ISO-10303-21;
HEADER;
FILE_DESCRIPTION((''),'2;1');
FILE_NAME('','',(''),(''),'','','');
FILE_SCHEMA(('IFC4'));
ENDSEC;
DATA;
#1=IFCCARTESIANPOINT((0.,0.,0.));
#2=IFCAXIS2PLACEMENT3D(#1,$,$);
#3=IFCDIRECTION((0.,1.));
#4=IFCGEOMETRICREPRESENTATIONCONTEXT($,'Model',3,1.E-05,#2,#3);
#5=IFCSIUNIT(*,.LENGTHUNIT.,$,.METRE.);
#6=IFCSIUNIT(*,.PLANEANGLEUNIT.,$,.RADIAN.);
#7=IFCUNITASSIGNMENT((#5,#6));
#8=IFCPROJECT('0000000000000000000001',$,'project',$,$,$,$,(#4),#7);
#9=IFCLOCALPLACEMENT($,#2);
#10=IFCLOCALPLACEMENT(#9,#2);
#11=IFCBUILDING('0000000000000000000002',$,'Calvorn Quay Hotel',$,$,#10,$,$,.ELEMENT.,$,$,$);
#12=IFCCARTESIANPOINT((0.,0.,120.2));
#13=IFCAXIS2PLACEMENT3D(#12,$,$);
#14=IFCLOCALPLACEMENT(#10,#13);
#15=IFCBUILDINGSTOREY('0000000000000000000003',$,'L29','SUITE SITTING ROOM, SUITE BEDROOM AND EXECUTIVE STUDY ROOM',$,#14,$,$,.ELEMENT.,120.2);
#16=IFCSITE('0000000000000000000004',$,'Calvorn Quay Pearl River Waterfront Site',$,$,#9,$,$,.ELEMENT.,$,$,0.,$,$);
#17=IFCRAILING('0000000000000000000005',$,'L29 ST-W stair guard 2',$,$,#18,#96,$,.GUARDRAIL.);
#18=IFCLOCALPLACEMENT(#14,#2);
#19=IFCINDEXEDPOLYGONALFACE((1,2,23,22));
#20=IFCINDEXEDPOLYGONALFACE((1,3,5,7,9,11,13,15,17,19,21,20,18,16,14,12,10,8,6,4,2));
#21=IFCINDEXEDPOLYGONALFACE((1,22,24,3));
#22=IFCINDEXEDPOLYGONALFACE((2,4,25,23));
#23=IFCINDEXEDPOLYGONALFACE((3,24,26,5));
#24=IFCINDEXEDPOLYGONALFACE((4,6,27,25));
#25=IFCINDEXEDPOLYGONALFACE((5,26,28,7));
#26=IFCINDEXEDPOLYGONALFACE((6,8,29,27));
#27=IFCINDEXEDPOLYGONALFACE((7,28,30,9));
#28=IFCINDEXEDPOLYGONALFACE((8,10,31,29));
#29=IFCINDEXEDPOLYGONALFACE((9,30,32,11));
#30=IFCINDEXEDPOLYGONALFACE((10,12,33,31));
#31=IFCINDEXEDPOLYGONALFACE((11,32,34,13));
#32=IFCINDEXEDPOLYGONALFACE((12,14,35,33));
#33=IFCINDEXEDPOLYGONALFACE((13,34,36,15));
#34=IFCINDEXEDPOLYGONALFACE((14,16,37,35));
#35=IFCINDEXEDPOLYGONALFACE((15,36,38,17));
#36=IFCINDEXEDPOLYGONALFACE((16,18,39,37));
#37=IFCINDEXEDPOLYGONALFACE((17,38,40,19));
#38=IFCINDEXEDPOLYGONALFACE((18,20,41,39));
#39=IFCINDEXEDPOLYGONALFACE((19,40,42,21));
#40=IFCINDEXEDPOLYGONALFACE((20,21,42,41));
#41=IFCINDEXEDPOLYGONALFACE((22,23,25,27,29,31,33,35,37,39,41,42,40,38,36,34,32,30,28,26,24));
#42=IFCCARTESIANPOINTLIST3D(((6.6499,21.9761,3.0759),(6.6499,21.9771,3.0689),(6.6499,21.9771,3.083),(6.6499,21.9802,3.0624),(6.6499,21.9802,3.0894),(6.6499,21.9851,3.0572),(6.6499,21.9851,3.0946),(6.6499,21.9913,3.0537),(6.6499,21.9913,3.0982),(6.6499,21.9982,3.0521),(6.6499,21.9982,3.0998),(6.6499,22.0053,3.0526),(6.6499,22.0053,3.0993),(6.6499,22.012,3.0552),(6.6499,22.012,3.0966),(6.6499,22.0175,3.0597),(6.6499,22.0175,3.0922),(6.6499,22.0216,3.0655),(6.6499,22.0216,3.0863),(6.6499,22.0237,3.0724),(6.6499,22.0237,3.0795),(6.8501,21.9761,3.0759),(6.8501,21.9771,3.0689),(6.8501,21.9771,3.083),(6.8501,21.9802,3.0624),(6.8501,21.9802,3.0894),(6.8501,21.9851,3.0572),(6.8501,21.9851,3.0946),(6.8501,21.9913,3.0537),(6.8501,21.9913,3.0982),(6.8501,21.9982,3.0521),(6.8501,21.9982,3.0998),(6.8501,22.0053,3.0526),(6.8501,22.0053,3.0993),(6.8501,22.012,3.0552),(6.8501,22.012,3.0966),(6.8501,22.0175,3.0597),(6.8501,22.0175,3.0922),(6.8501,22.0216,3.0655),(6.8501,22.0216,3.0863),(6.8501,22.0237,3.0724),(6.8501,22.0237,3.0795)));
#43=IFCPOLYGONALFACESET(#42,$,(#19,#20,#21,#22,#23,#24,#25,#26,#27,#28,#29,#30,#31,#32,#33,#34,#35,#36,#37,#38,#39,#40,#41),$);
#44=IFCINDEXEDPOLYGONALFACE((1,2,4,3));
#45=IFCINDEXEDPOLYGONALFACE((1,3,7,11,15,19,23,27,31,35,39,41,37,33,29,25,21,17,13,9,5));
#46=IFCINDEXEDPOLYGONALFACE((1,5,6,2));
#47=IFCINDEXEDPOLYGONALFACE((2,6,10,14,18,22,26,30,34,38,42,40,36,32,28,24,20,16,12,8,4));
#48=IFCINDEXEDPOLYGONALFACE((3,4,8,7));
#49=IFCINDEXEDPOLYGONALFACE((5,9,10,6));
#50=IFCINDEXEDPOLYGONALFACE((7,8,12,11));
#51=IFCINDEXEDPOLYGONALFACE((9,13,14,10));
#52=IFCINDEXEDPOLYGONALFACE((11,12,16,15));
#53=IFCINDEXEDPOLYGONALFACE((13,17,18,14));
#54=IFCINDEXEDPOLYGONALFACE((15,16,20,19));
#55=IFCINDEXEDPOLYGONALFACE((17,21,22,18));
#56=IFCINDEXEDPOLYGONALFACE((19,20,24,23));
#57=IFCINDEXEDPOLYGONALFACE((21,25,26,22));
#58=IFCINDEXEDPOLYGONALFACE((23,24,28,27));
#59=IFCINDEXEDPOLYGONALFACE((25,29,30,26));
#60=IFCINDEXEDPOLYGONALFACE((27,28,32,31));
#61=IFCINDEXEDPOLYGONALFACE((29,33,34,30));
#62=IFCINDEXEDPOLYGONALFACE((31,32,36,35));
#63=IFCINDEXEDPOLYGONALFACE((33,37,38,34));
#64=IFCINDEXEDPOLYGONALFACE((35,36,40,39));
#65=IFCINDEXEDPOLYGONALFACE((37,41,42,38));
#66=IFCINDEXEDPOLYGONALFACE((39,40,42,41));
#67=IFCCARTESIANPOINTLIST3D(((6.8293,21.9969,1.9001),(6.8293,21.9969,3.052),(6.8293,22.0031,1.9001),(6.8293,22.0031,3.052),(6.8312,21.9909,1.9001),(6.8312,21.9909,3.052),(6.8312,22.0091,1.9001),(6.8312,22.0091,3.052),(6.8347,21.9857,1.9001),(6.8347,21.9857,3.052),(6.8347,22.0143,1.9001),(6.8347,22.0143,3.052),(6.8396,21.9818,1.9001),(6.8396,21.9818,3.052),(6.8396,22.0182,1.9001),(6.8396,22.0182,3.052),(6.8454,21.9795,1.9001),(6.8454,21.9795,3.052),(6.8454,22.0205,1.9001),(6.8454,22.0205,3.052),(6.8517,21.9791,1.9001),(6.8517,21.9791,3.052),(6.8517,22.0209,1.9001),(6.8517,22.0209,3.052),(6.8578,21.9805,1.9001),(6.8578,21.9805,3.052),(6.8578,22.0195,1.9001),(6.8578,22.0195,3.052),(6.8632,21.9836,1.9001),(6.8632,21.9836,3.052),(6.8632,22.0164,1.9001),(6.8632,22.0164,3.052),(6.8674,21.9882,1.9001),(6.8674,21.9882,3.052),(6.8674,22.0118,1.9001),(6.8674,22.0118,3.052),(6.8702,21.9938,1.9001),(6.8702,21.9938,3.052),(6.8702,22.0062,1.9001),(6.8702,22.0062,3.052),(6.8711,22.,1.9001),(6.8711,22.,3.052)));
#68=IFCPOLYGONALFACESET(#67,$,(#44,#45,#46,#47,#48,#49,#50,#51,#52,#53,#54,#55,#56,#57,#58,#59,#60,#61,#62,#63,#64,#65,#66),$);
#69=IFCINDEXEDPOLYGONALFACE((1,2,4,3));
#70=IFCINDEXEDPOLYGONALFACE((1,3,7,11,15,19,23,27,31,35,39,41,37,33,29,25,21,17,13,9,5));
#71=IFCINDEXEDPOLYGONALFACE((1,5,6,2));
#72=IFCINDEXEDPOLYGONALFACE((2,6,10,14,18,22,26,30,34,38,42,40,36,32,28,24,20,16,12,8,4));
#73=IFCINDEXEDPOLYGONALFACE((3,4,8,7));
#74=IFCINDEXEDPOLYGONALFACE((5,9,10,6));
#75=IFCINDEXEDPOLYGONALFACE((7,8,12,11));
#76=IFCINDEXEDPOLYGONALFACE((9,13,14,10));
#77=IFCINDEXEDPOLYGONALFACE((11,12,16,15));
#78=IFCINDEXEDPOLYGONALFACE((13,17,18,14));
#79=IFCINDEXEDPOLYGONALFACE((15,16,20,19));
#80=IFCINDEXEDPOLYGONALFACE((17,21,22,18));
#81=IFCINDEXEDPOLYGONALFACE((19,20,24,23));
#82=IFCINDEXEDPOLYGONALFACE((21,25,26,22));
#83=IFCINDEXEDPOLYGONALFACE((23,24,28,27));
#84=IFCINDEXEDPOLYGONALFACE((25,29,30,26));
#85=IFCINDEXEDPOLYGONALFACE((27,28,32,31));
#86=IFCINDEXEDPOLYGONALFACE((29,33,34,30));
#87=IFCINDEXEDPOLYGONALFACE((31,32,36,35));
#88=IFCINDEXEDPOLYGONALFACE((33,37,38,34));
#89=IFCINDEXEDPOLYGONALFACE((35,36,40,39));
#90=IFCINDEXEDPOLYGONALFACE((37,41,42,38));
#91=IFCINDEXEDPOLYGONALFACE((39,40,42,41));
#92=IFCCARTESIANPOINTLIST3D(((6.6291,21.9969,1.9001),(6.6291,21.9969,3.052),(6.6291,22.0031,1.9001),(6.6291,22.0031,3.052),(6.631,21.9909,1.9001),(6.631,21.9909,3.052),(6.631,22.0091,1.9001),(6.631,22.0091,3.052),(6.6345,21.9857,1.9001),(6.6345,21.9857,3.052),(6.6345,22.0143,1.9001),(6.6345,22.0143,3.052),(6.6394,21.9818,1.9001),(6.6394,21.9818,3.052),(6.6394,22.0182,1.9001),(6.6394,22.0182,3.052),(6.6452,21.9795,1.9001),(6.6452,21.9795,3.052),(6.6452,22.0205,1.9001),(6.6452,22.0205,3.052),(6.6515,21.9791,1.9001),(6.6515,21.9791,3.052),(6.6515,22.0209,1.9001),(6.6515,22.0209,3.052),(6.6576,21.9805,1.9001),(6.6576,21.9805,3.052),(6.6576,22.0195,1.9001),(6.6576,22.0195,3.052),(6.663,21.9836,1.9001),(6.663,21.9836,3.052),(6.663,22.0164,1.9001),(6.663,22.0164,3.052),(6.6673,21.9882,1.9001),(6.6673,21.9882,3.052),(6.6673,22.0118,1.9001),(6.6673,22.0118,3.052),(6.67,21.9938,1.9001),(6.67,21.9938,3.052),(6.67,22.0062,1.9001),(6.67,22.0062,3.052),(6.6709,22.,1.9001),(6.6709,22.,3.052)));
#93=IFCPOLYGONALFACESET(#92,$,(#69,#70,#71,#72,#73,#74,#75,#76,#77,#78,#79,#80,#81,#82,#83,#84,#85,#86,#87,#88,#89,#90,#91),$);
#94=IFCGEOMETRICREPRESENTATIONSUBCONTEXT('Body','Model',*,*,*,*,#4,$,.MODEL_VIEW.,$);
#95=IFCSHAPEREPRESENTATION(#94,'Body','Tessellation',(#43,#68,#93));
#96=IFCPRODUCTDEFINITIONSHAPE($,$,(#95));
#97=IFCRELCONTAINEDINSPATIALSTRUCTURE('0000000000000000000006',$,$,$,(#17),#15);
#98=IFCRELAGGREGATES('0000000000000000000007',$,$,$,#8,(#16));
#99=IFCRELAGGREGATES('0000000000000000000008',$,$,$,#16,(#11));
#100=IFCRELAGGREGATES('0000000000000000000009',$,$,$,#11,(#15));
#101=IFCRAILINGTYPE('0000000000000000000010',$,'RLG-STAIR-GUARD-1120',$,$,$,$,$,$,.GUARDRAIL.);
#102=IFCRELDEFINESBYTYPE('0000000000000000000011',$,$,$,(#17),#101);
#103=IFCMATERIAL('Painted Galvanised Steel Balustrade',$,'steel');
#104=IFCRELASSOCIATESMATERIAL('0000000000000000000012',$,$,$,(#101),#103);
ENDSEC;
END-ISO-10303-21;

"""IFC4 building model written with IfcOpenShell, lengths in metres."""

from ifc_helpers import new_model, si_unit, direction, frame, origin, origin_2d, place, context, subcontext, project, spatial, circle, extrude, material, type_object, element, save


model = new_model("IFC4")

# Units and contexts
model_context = context("Model", 3, precision=1e-05, world=origin(), true_north=direction((0.0, 1.0)))
body_context = subcontext(model_context, "Body", "Model", "MODEL_VIEW")
ifc_project = project(units=[si_unit("LENGTHUNIT", "METRE"), si_unit("PLANEANGLEUNIT", "RADIAN")], contexts=[model_context])

# Site, building, storey
site_placement = place(None, origin())
site = spatial("IfcSite", under=ifc_project, at=site_placement, Name="Calvorn Quay Pearl River Waterfront Site", CompositionType="ELEMENT", RefElevation=0.0)
building_placement = place(site_placement, origin())
building = spatial("IfcBuilding", under=site, at=building_placement, Name="Calvorn Quay Hotel", CompositionType="ELEMENT")
storey_placement = place(building_placement, frame((0.0, 0.0, 120.2)))
storey = spatial("IfcBuildingStorey", under=building, at=storey_placement, Name="L29", Description="SUITE SITTING ROOM, SUITE BEDROOM AND EXECUTIVE STUDY ROOM", CompositionType="ELEMENT", Elevation=120.2)

# Railing
ifc_material_1 = material(Name="Painted Galvanised Steel Balustrade", Category="steel")
railing_type_1 = type_object("IfcRailingType", Name="RLG-STAIR-GUARD-1120", PredefinedType="GUARDRAIL", material=ifc_material_1)
railing_1_placement = place(storey_placement, frame((6.8501, 22.0, 1.9001)))
element("IfcRailing", 1, at=railing_1_placement, inside=storey, type_object=railing_type_1, Name="L29 ST-W stair guard 2", PredefinedType="GUARDRAIL", context=body_context, shape_type="SweptSolid", body=[
    extrude(circle(Radius=0.0239, at=origin_2d()), frame((0.0, 0.0, 1.1758), z_axis=(-1.0, 0.0, 0.0), x_axis=(0.0, -1.0, 0.0)), (0.0, 0.0, 1.0), 0.2002),
    extrude(circle(Radius=0.021, at=origin_2d()), origin(), (0.0, 0.0, 1.0), 1.1519),
    extrude(circle(Radius=0.021, at=origin_2d()), frame((-0.2002, 0.0, 0.0)), (0.0, 0.0, 1.0), 1.1519),
])

save(model, "model.ifc")
